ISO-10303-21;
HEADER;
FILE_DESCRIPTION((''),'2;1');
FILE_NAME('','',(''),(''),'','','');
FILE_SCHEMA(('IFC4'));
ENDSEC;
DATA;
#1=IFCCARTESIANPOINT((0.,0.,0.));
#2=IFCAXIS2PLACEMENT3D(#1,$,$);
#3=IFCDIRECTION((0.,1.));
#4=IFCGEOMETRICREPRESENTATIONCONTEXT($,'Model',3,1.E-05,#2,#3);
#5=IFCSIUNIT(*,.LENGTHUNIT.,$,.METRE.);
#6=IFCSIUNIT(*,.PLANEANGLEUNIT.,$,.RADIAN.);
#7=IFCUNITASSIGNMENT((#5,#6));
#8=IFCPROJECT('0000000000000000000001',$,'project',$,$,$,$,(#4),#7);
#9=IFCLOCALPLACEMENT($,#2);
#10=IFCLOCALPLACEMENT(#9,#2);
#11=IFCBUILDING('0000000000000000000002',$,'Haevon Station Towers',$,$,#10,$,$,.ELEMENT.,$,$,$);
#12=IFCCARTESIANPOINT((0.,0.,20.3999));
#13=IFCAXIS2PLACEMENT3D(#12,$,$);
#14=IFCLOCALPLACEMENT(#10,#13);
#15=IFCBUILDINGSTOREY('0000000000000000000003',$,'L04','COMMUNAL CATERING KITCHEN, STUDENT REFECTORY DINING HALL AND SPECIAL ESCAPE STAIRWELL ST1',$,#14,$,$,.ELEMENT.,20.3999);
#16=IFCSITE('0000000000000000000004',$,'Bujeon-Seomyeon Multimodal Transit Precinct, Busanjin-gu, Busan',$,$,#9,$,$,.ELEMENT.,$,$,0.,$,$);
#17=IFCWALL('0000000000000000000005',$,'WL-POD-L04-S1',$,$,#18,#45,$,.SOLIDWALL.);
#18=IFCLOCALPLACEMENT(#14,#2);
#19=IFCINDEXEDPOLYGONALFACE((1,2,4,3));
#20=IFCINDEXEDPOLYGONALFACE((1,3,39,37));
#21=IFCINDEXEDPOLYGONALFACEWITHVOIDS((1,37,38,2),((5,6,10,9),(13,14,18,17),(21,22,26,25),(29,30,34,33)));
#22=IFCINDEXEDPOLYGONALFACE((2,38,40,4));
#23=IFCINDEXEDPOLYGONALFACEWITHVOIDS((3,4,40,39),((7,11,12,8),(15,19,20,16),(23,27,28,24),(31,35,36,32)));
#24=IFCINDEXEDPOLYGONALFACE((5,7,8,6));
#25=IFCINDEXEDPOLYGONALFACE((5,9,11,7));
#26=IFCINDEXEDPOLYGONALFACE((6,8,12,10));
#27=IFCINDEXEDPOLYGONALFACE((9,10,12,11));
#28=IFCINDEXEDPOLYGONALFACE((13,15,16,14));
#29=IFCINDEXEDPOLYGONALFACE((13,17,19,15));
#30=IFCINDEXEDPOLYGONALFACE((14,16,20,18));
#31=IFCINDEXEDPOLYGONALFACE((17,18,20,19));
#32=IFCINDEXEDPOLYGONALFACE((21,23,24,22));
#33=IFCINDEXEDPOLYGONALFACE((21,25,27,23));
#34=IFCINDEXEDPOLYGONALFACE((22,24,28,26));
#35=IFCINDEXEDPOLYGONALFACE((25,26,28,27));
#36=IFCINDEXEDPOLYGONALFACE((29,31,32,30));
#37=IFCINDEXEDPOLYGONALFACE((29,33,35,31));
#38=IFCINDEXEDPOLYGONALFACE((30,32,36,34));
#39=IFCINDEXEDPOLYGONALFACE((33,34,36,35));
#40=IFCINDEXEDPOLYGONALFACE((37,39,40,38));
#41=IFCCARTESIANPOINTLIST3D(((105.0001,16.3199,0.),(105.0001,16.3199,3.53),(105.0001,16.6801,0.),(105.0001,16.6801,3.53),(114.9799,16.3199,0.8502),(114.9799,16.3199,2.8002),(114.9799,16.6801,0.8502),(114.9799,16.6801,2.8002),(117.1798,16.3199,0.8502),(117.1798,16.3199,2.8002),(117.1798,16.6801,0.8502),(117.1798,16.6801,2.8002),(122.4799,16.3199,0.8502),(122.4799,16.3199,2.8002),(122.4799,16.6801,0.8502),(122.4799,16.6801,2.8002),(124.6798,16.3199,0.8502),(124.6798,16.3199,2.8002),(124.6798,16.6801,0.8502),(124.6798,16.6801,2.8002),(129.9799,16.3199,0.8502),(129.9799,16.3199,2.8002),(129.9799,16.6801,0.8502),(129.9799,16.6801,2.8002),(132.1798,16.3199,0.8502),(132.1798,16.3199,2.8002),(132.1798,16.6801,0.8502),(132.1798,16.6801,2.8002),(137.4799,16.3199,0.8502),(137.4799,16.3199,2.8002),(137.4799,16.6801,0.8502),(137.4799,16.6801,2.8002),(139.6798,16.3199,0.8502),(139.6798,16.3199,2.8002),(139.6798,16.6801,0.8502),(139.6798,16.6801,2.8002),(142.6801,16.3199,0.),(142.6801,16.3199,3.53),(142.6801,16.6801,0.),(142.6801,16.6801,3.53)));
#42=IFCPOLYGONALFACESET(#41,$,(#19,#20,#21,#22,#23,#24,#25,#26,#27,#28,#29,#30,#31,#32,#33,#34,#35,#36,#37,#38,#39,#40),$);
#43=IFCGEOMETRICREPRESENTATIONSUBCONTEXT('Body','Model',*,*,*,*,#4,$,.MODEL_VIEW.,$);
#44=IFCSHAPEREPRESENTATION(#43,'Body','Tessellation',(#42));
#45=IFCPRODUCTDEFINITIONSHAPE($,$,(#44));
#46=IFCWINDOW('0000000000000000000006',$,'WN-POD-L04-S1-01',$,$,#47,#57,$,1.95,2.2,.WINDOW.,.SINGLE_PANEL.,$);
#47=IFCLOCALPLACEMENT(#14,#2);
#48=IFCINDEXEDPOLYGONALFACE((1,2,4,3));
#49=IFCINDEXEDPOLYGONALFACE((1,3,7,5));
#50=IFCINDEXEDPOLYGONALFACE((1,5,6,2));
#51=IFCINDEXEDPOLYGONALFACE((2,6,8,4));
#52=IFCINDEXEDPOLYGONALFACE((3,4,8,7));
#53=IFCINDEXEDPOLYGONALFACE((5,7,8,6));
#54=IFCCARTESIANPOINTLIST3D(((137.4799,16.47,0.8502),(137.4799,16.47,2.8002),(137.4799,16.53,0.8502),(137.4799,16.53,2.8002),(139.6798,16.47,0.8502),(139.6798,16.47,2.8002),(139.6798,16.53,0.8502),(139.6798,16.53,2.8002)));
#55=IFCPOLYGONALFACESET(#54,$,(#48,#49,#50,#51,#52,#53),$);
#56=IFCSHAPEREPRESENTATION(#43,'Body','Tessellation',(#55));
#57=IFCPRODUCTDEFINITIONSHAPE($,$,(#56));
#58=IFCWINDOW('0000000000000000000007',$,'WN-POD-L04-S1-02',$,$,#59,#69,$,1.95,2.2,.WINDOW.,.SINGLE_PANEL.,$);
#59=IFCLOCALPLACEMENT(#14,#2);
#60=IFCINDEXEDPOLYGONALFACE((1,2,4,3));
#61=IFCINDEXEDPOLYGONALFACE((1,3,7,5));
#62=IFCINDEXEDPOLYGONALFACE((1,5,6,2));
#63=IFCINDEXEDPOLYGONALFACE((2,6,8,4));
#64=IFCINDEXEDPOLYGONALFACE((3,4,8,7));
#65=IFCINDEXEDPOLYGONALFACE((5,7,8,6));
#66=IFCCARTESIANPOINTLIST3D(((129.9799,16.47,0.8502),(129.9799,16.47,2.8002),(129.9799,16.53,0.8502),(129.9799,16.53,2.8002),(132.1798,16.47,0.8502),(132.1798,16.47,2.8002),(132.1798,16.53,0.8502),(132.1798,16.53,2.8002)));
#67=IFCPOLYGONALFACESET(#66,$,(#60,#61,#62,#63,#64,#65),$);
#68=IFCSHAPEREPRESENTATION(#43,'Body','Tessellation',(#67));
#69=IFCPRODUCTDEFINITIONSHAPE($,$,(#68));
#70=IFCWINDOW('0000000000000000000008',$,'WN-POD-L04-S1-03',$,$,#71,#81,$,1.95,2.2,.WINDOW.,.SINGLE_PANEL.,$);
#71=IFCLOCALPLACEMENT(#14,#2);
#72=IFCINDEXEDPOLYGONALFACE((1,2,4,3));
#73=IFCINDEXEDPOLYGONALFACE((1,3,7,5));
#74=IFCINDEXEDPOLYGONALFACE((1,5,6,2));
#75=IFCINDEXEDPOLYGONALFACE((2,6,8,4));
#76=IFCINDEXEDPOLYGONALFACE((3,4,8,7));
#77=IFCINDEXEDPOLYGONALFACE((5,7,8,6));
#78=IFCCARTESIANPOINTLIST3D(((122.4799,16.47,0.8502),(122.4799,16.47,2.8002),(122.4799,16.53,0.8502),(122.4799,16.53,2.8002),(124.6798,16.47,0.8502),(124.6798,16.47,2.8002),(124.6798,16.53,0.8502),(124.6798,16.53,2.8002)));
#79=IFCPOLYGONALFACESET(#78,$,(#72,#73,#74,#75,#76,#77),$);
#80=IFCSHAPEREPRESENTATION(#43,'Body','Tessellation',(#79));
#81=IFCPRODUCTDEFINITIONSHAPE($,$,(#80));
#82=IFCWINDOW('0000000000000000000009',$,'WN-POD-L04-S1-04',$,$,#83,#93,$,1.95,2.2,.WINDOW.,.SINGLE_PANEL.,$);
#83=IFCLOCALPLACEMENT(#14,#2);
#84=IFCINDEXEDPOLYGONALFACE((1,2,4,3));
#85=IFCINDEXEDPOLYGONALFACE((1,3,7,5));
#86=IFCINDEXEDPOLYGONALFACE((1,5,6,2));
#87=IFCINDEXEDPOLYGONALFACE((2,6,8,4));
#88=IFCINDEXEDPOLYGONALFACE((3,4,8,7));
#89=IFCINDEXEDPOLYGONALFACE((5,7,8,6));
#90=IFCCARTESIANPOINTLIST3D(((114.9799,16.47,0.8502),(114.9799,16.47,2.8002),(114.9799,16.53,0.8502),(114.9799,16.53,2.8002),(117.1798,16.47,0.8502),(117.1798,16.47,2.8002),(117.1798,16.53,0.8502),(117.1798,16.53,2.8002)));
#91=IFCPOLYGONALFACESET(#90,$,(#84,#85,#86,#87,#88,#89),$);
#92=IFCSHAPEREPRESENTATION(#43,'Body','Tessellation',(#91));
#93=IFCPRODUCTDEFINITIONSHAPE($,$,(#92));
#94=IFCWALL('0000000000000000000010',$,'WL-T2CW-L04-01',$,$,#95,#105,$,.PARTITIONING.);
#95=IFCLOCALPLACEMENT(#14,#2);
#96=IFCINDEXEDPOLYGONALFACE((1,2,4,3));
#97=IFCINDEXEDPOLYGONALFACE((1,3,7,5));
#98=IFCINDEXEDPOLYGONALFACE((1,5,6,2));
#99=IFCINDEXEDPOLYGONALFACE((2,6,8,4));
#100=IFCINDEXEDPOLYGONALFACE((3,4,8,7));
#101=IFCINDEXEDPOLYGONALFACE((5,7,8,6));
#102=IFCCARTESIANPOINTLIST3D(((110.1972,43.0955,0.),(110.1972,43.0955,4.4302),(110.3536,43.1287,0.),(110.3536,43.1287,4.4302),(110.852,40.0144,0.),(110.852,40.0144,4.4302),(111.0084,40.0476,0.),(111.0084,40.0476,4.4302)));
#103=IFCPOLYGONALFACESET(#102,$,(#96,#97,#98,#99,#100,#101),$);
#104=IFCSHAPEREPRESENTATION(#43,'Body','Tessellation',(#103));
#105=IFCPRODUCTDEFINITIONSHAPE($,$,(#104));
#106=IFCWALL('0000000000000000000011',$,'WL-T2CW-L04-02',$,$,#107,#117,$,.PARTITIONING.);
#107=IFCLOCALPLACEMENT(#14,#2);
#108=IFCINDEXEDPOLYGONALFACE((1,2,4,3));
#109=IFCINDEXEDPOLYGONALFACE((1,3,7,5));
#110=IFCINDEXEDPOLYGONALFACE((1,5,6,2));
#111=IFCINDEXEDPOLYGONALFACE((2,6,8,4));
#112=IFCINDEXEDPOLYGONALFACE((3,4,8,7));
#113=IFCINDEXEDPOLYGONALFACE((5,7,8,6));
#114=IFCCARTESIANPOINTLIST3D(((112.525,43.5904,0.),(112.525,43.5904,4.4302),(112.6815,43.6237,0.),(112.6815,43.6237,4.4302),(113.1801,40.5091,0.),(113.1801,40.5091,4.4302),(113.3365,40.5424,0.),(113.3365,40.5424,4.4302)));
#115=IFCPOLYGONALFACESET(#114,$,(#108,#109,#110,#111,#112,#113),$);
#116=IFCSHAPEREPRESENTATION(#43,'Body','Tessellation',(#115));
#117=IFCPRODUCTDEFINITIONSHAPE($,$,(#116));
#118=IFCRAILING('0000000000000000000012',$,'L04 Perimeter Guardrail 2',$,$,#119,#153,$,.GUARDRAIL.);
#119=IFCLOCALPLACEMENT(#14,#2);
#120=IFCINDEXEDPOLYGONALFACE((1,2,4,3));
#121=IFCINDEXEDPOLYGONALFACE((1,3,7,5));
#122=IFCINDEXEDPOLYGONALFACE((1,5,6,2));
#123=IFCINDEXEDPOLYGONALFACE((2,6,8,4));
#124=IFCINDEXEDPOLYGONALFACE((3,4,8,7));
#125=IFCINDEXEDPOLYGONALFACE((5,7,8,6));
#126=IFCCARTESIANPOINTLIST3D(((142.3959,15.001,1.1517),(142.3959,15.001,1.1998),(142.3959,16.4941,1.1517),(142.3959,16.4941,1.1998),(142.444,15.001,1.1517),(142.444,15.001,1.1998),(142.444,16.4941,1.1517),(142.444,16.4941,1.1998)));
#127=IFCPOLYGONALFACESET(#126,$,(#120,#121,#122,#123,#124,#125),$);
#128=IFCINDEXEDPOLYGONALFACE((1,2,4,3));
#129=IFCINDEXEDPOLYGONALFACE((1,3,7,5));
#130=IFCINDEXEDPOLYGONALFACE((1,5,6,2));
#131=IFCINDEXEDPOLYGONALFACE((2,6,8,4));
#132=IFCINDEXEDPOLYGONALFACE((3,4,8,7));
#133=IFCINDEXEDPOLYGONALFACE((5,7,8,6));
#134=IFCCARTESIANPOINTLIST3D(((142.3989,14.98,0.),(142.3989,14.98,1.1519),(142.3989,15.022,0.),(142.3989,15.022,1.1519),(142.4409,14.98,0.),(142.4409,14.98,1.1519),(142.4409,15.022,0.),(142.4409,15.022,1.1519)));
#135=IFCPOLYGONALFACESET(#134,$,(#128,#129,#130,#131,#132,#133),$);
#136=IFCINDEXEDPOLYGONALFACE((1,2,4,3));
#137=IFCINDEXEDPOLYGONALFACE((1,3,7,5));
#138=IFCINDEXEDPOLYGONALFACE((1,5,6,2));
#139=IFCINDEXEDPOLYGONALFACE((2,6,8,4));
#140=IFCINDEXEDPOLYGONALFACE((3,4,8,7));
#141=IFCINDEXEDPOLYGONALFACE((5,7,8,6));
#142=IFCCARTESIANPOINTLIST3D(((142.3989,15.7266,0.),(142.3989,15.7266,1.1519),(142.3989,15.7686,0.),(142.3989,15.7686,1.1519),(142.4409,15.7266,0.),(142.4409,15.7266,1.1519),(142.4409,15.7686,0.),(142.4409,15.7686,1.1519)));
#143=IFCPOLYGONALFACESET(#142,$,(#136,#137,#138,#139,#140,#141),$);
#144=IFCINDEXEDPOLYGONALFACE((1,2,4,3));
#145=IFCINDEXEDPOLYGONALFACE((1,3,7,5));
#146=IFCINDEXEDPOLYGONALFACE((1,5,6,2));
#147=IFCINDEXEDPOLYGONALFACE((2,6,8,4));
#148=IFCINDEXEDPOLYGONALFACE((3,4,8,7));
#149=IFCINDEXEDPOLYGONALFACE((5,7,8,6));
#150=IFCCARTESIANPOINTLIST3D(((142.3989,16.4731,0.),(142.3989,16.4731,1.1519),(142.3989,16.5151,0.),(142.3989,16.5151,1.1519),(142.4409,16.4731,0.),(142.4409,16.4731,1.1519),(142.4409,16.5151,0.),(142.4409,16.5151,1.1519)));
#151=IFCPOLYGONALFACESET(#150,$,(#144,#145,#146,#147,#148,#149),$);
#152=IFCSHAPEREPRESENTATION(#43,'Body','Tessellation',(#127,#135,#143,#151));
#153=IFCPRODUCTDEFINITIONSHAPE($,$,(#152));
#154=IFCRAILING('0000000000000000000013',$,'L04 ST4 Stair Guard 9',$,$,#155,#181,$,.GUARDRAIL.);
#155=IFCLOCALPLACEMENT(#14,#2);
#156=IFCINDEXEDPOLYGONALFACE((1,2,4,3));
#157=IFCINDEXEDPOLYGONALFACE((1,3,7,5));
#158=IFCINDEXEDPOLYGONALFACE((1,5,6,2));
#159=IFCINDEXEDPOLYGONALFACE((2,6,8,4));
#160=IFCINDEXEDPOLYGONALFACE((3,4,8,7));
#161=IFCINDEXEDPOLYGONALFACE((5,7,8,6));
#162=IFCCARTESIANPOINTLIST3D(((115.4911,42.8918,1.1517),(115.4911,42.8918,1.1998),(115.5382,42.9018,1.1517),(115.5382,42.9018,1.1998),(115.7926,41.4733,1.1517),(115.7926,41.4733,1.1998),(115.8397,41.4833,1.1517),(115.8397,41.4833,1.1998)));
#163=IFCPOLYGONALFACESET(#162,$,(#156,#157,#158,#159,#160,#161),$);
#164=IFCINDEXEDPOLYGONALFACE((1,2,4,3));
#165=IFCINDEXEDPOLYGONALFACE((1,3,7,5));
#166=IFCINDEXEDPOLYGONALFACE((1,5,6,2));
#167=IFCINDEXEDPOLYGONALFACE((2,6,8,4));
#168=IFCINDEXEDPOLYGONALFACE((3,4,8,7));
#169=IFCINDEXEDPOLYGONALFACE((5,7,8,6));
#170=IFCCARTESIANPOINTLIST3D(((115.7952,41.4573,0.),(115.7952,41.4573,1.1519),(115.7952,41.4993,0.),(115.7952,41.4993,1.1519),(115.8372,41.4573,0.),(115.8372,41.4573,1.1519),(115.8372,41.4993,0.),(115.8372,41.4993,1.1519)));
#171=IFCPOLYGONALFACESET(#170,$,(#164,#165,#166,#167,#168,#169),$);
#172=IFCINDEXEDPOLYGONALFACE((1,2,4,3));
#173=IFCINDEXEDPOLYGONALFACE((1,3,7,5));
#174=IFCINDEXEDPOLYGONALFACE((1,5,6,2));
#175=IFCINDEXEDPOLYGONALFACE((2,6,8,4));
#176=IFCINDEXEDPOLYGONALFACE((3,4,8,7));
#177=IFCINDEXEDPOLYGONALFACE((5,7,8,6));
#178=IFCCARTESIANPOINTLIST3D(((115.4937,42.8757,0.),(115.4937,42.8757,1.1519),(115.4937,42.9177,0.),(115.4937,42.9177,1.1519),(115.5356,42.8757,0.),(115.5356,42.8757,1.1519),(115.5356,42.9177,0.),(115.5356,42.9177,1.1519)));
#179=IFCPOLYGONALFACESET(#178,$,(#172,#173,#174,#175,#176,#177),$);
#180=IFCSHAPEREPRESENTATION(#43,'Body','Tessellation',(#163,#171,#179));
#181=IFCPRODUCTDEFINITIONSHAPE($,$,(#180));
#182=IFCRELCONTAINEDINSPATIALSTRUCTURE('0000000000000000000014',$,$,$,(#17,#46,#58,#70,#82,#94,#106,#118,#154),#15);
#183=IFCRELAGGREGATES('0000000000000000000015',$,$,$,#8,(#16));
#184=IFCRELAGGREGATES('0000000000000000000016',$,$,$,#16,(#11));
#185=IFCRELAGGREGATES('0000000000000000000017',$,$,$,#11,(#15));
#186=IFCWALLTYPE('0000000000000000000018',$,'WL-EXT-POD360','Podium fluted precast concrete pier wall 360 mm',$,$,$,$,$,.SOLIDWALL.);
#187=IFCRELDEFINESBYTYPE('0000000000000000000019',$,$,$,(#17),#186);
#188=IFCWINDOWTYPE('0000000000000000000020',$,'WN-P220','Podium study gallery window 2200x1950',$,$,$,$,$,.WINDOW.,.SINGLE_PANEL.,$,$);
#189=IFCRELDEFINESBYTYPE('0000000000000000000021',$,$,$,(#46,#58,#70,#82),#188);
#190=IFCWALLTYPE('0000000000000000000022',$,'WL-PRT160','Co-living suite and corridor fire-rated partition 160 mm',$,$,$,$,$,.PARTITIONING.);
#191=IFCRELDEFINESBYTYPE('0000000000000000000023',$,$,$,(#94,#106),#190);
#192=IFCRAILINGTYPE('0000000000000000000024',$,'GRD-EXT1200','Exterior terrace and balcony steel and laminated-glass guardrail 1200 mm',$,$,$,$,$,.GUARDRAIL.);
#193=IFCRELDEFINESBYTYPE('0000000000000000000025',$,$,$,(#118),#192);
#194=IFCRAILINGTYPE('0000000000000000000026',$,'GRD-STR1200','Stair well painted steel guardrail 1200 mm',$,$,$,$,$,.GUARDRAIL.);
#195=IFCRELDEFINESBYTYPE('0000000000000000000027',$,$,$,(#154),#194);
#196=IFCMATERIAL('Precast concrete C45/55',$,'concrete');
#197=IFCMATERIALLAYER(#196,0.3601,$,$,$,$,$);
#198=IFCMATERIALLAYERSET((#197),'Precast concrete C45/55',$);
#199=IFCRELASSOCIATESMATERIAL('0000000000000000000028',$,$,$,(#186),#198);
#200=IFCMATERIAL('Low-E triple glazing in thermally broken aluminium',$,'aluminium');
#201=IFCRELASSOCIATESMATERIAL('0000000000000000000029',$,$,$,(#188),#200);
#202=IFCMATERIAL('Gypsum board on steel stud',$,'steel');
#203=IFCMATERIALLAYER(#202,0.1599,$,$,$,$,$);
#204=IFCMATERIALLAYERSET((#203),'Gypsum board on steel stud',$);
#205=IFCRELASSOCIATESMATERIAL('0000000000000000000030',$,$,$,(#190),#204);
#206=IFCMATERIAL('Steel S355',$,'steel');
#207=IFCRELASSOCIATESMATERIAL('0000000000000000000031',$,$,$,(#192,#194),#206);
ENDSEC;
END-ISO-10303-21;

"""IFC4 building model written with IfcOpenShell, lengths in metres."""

from ifc_helpers import new_model, si_unit, direction, frame, frame_2d, origin, origin_2d, place, context, subcontext, project, spatial, rectangle, extrude, material, layer, layer_set, type_object, element, fill, save


model = new_model("IFC4")

# Units and contexts
model_context = context("Model", 3, precision=1e-05, world=origin(), true_north=direction((0.0, 1.0)))
body_context = subcontext(model_context, "Body", "Model", "MODEL_VIEW")
ifc_project = project(units=[si_unit("LENGTHUNIT", "METRE"), si_unit("PLANEANGLEUNIT", "RADIAN")], contexts=[model_context])

# Site, building, storey
site_placement = place(None, origin())
site = spatial("IfcSite", under=ifc_project, at=site_placement, Name="Bujeon-Seomyeon Multimodal Transit Precinct, Busanjin-gu, Busan", CompositionType="ELEMENT", RefElevation=0.0)
building_placement = place(site_placement, origin())
building = spatial("IfcBuilding", under=site, at=building_placement, Name="Haevon Station Towers", CompositionType="ELEMENT")
storey_placement = place(building_placement, frame((0.0, 0.0, 20.3999)))
storey = spatial("IfcBuildingStorey", under=building, at=storey_placement, Name="L04", Description="COMMUNAL CATERING KITCHEN, STUDENT REFECTORY DINING HALL AND SPECIAL ESCAPE STAIRWELL ST1", CompositionType="ELEMENT", Elevation=20.3999)

# Shared definitions
ifc_material_1 = material(Name="Steel S355", Category="steel")

# Shared definitions
ifc_material_2 = material(Name="Gypsum board on steel stud", Category="steel")

# Wall, openings, windows
ifc_material_3 = material(Name="Precast concrete C45/55", Category="concrete")
ifc_layer_1 = layer(ifc_material_3, 0.3601)
ifc_layer_set_1 = layer_set([ifc_layer_1], Name="Precast concrete C45/55")
wall_type_1 = type_object("IfcWallType", Name="WL-EXT-POD360", Description="Podium fluted precast concrete pier wall 360 mm", PredefinedType="SOLIDWALL", material=ifc_layer_set_1)
wall_1_placement = place(storey_placement, frame((142.6799, 16.5, 0.0), z_axis=(0.0, 0.0, 1.0), x_axis=(-1.0, 0.0, 0.0)))
wall_1 = element("IfcWall", 1, at=wall_1_placement, inside=storey, type_object=wall_type_1, Name="WL-POD-L04-S1", PredefinedType="SOLIDWALL", context=body_context, shape_type="SweptSolid", body=[
    extrude(rectangle(XDim=37.6799, YDim=0.3601, at=frame_2d((18.8398, 0.0))), origin(), (0.0, 0.0, 1.0), 3.53),
])
opening_1_placement = place(wall_1_placement, frame((3.0, 0.0, 0.8501)))
opening_1 = element("IfcOpeningElement", 2, at=opening_1_placement, cuts=wall_1, PredefinedType="OPENING", context=body_context, shape_type="SweptSolid", body=[
    extrude(rectangle(XDim=2.2, YDim=1.95, at=frame_2d((1.1001, 0.9751))), frame((0.0, 0.1899, 0.0), z_axis=(0.0, -1.0, 0.0), x_axis=(1.0, 0.0, 0.0)), (0.0, 0.0, 1.0), 0.3801),
])
opening_2_placement = place(wall_1_placement, frame((10.5, 0.0, 0.8501)))
opening_2 = element("IfcOpeningElement", 3, at=opening_2_placement, cuts=wall_1, PredefinedType="OPENING", context=body_context, shape_type="SweptSolid", body=[
    extrude(rectangle(XDim=2.2, YDim=1.95, at=frame_2d((1.1001, 0.9751))), frame((0.0, 0.1899, 0.0), z_axis=(0.0, -1.0, 0.0), x_axis=(1.0, 0.0, 0.0)), (0.0, 0.0, 1.0), 0.3801),
])
opening_3_placement = place(wall_1_placement, frame((18.0, 0.0, 0.8501)))
opening_3 = element("IfcOpeningElement", 4, at=opening_3_placement, cuts=wall_1, PredefinedType="OPENING", context=body_context, shape_type="SweptSolid", body=[
    extrude(rectangle(XDim=2.2, YDim=1.95, at=frame_2d((1.1001, 0.9751))), frame((0.0, 0.1899, 0.0), z_axis=(0.0, -1.0, 0.0), x_axis=(1.0, 0.0, 0.0)), (0.0, 0.0, 1.0), 0.3801),
])
opening_4_placement = place(wall_1_placement, frame((25.5, 0.0, 0.8501)))
opening_4 = element("IfcOpeningElement", 5, at=opening_4_placement, cuts=wall_1, PredefinedType="OPENING", context=body_context, shape_type="SweptSolid", body=[
    extrude(rectangle(XDim=2.2, YDim=1.95, at=frame_2d((1.1001, 0.9751))), frame((0.0, 0.1899, 0.0), z_axis=(0.0, -1.0, 0.0), x_axis=(1.0, 0.0, 0.0)), (0.0, 0.0, 1.0), 0.3801),
])
ifc_material_4 = material(Name="Low-E triple glazing in thermally broken aluminium", Category="aluminium")
window_type = type_object("IfcWindowType", Name="WN-P220", Description="Podium study gallery window 2200x1950", PartitioningType="SINGLE_PANEL", PredefinedType="WINDOW", material=ifc_material_4)
window_1_placement = place(opening_1_placement, origin())
window_1 = element("IfcWindow", 6, at=window_1_placement, inside=storey, type_object=window_type, Name="WN-POD-L04-S1-01", OverallHeight=1.95, OverallWidth=2.2, PartitioningType="SINGLE_PANEL", PredefinedType="WINDOW", context=body_context, shape_type="SweptSolid", body=[
    extrude(rectangle(XDim=2.2, YDim=1.95, at=frame_2d((1.1001, 0.9751))), frame((0.0, 0.03, 0.0), z_axis=(0.0, -1.0, 0.0), x_axis=(1.0, 0.0, 0.0)), (0.0, 0.0, 1.0), 0.0601),
])
fill(opening_1, window_1)
window_2_placement = place(opening_2_placement, origin())
window_2 = element("IfcWindow", 7, at=window_2_placement, inside=storey, type_object=window_type, Name="WN-POD-L04-S1-02", OverallHeight=1.95, OverallWidth=2.2, PartitioningType="SINGLE_PANEL", PredefinedType="WINDOW", context=body_context, shape_type="SweptSolid", body=[
    extrude(rectangle(XDim=2.2, YDim=1.95, at=frame_2d((1.1001, 0.9751))), frame((0.0, 0.03, 0.0), z_axis=(0.0, -1.0, 0.0), x_axis=(1.0, 0.0, 0.0)), (0.0, 0.0, 1.0), 0.0601),
])
fill(opening_2, window_2)
window_3_placement = place(opening_3_placement, origin())
window_3 = element("IfcWindow", 8, at=window_3_placement, inside=storey, type_object=window_type, Name="WN-POD-L04-S1-03", OverallHeight=1.95, OverallWidth=2.2, PartitioningType="SINGLE_PANEL", PredefinedType="WINDOW", context=body_context, shape_type="SweptSolid", body=[
    extrude(rectangle(XDim=2.2, YDim=1.95, at=frame_2d((1.1001, 0.9751))), frame((0.0, 0.03, 0.0), z_axis=(0.0, -1.0, 0.0), x_axis=(1.0, 0.0, 0.0)), (0.0, 0.0, 1.0), 0.0601),
])
fill(opening_3, window_3)
window_4_placement = place(opening_4_placement, origin())
window_4 = element("IfcWindow", 9, at=window_4_placement, inside=storey, type_object=window_type, Name="WN-POD-L04-S1-04", OverallHeight=1.95, OverallWidth=2.2, PartitioningType="SINGLE_PANEL", PredefinedType="WINDOW", context=body_context, shape_type="SweptSolid", body=[
    extrude(rectangle(XDim=2.2, YDim=1.95, at=frame_2d((1.1001, 0.9751))), frame((0.0, 0.03, 0.0), z_axis=(0.0, -1.0, 0.0), x_axis=(1.0, 0.0, 0.0)), (0.0, 0.0, 1.0), 0.0601),
])
fill(opening_4, window_4)

# Walls
ifc_layer_2 = layer(ifc_material_2, 0.1599)
ifc_layer_set_2 = layer_set([ifc_layer_2], Name="Gypsum board on steel stud")
wall_type_2 = type_object("IfcWallType", Name="WL-PRT160", Description="Co-living suite and corridor fire-rated partition 160 mm", PredefinedType="PARTITIONING", material=ifc_layer_set_2)
wall_2_placement = place(storey_placement, frame((110.9302, 40.031, 0.0), z_axis=(0.0, 0.0, 1.0), x_axis=(-0.207877, 0.978155, 0.0)))
element("IfcWall", 10, at=wall_2_placement, inside=storey, type_object=wall_type_2, Name="WL-T2CW-L04-01", PredefinedType="PARTITIONING", context=body_context, shape_type="SweptSolid", body=[
    extrude(rectangle(XDim=3.1499, YDim=0.1599, at=frame_2d((1.575, 0.0))), origin(), (0.0, 0.0, 1.0), 4.4302),
])
wall_3_placement = place(storey_placement, frame((113.2583, 40.5256, 0.0), z_axis=(0.0, 0.0, 1.0), x_axis=(-0.207936, 0.978142, 0.0)))
element("IfcWall", 11, at=wall_3_placement, inside=storey, type_object=wall_type_2, Name="WL-T2CW-L04-02", PredefinedType="PARTITIONING", context=body_context, shape_type="SweptSolid", body=[
    extrude(rectangle(XDim=3.1501, YDim=0.1599, at=frame_2d((1.5752, 0.0))), origin(), (0.0, 0.0, 1.0), 4.4302),
])

# Railings
railing_type_1 = type_object("IfcRailingType", Name="GRD-EXT1200", Description="Exterior terrace and balcony steel and laminated-glass guardrail 1200 mm", PredefinedType="GUARDRAIL", material=ifc_material_1)
railing_1_placement = place(storey_placement, frame((142.4199, 15.001, 0.0)))
element("IfcRailing", 12, at=railing_1_placement, inside=storey, type_object=railing_type_1, Name="L04 Perimeter Guardrail 2", PredefinedType="GUARDRAIL", context=body_context, shape_type="SweptSolid", body=[
    extrude(rectangle(XDim=0.0481, YDim=0.0481, at=origin_2d()), frame((0.0, 0.0, 1.1758), z_axis=(0.0, 1.0, 0.0), x_axis=(-1.0, 0.0, 0.0)), (0.0, 0.0, 1.0), 1.4932),
    extrude(rectangle(XDim=0.042, YDim=0.042, at=origin_2d()), origin(), (0.0, 0.0, 1.0), 1.1519),
    extrude(rectangle(XDim=0.042, YDim=0.042, at=origin_2d()), frame((0.0, 0.7466, 0.0)), (0.0, 0.0, 1.0), 1.1519),
    extrude(rectangle(XDim=0.042, YDim=0.042, at=origin_2d()), frame((0.0, 1.4932, 0.0)), (0.0, 0.0, 1.0), 1.1519),
])
railing_type_2 = type_object("IfcRailingType", Name="GRD-STR1200", Description="Stair well painted steel guardrail 1200 mm", PredefinedType="GUARDRAIL", material=ifc_material_1)
railing_2_placement = place(storey_placement, frame((115.8162, 41.4783, 0.0)))
element("IfcRailing", 13, at=railing_2_placement, inside=storey, type_object=railing_type_2, Name="L04 ST4 Stair Guard 9", PredefinedType="GUARDRAIL", context=body_context, shape_type="SweptSolid", body=[
    extrude(rectangle(XDim=0.0481, YDim=0.0481, at=origin_2d()), frame((0.0, 0.0, 1.1758), z_axis=(-0.207919, 0.978146, 0.0), x_axis=(-0.978146, -0.207919, 0.0)), (0.0, 0.0, 1.0), 1.4502),
    extrude(rectangle(XDim=0.042, YDim=0.042, at=origin_2d()), origin(), (0.0, 0.0, 1.0), 1.1519),
    extrude(rectangle(XDim=0.042, YDim=0.042, at=origin_2d()), frame((-0.3015, 1.4185, 0.0)), (0.0, 0.0, 1.0), 1.1519),
])

save(model, "model.ifc")
